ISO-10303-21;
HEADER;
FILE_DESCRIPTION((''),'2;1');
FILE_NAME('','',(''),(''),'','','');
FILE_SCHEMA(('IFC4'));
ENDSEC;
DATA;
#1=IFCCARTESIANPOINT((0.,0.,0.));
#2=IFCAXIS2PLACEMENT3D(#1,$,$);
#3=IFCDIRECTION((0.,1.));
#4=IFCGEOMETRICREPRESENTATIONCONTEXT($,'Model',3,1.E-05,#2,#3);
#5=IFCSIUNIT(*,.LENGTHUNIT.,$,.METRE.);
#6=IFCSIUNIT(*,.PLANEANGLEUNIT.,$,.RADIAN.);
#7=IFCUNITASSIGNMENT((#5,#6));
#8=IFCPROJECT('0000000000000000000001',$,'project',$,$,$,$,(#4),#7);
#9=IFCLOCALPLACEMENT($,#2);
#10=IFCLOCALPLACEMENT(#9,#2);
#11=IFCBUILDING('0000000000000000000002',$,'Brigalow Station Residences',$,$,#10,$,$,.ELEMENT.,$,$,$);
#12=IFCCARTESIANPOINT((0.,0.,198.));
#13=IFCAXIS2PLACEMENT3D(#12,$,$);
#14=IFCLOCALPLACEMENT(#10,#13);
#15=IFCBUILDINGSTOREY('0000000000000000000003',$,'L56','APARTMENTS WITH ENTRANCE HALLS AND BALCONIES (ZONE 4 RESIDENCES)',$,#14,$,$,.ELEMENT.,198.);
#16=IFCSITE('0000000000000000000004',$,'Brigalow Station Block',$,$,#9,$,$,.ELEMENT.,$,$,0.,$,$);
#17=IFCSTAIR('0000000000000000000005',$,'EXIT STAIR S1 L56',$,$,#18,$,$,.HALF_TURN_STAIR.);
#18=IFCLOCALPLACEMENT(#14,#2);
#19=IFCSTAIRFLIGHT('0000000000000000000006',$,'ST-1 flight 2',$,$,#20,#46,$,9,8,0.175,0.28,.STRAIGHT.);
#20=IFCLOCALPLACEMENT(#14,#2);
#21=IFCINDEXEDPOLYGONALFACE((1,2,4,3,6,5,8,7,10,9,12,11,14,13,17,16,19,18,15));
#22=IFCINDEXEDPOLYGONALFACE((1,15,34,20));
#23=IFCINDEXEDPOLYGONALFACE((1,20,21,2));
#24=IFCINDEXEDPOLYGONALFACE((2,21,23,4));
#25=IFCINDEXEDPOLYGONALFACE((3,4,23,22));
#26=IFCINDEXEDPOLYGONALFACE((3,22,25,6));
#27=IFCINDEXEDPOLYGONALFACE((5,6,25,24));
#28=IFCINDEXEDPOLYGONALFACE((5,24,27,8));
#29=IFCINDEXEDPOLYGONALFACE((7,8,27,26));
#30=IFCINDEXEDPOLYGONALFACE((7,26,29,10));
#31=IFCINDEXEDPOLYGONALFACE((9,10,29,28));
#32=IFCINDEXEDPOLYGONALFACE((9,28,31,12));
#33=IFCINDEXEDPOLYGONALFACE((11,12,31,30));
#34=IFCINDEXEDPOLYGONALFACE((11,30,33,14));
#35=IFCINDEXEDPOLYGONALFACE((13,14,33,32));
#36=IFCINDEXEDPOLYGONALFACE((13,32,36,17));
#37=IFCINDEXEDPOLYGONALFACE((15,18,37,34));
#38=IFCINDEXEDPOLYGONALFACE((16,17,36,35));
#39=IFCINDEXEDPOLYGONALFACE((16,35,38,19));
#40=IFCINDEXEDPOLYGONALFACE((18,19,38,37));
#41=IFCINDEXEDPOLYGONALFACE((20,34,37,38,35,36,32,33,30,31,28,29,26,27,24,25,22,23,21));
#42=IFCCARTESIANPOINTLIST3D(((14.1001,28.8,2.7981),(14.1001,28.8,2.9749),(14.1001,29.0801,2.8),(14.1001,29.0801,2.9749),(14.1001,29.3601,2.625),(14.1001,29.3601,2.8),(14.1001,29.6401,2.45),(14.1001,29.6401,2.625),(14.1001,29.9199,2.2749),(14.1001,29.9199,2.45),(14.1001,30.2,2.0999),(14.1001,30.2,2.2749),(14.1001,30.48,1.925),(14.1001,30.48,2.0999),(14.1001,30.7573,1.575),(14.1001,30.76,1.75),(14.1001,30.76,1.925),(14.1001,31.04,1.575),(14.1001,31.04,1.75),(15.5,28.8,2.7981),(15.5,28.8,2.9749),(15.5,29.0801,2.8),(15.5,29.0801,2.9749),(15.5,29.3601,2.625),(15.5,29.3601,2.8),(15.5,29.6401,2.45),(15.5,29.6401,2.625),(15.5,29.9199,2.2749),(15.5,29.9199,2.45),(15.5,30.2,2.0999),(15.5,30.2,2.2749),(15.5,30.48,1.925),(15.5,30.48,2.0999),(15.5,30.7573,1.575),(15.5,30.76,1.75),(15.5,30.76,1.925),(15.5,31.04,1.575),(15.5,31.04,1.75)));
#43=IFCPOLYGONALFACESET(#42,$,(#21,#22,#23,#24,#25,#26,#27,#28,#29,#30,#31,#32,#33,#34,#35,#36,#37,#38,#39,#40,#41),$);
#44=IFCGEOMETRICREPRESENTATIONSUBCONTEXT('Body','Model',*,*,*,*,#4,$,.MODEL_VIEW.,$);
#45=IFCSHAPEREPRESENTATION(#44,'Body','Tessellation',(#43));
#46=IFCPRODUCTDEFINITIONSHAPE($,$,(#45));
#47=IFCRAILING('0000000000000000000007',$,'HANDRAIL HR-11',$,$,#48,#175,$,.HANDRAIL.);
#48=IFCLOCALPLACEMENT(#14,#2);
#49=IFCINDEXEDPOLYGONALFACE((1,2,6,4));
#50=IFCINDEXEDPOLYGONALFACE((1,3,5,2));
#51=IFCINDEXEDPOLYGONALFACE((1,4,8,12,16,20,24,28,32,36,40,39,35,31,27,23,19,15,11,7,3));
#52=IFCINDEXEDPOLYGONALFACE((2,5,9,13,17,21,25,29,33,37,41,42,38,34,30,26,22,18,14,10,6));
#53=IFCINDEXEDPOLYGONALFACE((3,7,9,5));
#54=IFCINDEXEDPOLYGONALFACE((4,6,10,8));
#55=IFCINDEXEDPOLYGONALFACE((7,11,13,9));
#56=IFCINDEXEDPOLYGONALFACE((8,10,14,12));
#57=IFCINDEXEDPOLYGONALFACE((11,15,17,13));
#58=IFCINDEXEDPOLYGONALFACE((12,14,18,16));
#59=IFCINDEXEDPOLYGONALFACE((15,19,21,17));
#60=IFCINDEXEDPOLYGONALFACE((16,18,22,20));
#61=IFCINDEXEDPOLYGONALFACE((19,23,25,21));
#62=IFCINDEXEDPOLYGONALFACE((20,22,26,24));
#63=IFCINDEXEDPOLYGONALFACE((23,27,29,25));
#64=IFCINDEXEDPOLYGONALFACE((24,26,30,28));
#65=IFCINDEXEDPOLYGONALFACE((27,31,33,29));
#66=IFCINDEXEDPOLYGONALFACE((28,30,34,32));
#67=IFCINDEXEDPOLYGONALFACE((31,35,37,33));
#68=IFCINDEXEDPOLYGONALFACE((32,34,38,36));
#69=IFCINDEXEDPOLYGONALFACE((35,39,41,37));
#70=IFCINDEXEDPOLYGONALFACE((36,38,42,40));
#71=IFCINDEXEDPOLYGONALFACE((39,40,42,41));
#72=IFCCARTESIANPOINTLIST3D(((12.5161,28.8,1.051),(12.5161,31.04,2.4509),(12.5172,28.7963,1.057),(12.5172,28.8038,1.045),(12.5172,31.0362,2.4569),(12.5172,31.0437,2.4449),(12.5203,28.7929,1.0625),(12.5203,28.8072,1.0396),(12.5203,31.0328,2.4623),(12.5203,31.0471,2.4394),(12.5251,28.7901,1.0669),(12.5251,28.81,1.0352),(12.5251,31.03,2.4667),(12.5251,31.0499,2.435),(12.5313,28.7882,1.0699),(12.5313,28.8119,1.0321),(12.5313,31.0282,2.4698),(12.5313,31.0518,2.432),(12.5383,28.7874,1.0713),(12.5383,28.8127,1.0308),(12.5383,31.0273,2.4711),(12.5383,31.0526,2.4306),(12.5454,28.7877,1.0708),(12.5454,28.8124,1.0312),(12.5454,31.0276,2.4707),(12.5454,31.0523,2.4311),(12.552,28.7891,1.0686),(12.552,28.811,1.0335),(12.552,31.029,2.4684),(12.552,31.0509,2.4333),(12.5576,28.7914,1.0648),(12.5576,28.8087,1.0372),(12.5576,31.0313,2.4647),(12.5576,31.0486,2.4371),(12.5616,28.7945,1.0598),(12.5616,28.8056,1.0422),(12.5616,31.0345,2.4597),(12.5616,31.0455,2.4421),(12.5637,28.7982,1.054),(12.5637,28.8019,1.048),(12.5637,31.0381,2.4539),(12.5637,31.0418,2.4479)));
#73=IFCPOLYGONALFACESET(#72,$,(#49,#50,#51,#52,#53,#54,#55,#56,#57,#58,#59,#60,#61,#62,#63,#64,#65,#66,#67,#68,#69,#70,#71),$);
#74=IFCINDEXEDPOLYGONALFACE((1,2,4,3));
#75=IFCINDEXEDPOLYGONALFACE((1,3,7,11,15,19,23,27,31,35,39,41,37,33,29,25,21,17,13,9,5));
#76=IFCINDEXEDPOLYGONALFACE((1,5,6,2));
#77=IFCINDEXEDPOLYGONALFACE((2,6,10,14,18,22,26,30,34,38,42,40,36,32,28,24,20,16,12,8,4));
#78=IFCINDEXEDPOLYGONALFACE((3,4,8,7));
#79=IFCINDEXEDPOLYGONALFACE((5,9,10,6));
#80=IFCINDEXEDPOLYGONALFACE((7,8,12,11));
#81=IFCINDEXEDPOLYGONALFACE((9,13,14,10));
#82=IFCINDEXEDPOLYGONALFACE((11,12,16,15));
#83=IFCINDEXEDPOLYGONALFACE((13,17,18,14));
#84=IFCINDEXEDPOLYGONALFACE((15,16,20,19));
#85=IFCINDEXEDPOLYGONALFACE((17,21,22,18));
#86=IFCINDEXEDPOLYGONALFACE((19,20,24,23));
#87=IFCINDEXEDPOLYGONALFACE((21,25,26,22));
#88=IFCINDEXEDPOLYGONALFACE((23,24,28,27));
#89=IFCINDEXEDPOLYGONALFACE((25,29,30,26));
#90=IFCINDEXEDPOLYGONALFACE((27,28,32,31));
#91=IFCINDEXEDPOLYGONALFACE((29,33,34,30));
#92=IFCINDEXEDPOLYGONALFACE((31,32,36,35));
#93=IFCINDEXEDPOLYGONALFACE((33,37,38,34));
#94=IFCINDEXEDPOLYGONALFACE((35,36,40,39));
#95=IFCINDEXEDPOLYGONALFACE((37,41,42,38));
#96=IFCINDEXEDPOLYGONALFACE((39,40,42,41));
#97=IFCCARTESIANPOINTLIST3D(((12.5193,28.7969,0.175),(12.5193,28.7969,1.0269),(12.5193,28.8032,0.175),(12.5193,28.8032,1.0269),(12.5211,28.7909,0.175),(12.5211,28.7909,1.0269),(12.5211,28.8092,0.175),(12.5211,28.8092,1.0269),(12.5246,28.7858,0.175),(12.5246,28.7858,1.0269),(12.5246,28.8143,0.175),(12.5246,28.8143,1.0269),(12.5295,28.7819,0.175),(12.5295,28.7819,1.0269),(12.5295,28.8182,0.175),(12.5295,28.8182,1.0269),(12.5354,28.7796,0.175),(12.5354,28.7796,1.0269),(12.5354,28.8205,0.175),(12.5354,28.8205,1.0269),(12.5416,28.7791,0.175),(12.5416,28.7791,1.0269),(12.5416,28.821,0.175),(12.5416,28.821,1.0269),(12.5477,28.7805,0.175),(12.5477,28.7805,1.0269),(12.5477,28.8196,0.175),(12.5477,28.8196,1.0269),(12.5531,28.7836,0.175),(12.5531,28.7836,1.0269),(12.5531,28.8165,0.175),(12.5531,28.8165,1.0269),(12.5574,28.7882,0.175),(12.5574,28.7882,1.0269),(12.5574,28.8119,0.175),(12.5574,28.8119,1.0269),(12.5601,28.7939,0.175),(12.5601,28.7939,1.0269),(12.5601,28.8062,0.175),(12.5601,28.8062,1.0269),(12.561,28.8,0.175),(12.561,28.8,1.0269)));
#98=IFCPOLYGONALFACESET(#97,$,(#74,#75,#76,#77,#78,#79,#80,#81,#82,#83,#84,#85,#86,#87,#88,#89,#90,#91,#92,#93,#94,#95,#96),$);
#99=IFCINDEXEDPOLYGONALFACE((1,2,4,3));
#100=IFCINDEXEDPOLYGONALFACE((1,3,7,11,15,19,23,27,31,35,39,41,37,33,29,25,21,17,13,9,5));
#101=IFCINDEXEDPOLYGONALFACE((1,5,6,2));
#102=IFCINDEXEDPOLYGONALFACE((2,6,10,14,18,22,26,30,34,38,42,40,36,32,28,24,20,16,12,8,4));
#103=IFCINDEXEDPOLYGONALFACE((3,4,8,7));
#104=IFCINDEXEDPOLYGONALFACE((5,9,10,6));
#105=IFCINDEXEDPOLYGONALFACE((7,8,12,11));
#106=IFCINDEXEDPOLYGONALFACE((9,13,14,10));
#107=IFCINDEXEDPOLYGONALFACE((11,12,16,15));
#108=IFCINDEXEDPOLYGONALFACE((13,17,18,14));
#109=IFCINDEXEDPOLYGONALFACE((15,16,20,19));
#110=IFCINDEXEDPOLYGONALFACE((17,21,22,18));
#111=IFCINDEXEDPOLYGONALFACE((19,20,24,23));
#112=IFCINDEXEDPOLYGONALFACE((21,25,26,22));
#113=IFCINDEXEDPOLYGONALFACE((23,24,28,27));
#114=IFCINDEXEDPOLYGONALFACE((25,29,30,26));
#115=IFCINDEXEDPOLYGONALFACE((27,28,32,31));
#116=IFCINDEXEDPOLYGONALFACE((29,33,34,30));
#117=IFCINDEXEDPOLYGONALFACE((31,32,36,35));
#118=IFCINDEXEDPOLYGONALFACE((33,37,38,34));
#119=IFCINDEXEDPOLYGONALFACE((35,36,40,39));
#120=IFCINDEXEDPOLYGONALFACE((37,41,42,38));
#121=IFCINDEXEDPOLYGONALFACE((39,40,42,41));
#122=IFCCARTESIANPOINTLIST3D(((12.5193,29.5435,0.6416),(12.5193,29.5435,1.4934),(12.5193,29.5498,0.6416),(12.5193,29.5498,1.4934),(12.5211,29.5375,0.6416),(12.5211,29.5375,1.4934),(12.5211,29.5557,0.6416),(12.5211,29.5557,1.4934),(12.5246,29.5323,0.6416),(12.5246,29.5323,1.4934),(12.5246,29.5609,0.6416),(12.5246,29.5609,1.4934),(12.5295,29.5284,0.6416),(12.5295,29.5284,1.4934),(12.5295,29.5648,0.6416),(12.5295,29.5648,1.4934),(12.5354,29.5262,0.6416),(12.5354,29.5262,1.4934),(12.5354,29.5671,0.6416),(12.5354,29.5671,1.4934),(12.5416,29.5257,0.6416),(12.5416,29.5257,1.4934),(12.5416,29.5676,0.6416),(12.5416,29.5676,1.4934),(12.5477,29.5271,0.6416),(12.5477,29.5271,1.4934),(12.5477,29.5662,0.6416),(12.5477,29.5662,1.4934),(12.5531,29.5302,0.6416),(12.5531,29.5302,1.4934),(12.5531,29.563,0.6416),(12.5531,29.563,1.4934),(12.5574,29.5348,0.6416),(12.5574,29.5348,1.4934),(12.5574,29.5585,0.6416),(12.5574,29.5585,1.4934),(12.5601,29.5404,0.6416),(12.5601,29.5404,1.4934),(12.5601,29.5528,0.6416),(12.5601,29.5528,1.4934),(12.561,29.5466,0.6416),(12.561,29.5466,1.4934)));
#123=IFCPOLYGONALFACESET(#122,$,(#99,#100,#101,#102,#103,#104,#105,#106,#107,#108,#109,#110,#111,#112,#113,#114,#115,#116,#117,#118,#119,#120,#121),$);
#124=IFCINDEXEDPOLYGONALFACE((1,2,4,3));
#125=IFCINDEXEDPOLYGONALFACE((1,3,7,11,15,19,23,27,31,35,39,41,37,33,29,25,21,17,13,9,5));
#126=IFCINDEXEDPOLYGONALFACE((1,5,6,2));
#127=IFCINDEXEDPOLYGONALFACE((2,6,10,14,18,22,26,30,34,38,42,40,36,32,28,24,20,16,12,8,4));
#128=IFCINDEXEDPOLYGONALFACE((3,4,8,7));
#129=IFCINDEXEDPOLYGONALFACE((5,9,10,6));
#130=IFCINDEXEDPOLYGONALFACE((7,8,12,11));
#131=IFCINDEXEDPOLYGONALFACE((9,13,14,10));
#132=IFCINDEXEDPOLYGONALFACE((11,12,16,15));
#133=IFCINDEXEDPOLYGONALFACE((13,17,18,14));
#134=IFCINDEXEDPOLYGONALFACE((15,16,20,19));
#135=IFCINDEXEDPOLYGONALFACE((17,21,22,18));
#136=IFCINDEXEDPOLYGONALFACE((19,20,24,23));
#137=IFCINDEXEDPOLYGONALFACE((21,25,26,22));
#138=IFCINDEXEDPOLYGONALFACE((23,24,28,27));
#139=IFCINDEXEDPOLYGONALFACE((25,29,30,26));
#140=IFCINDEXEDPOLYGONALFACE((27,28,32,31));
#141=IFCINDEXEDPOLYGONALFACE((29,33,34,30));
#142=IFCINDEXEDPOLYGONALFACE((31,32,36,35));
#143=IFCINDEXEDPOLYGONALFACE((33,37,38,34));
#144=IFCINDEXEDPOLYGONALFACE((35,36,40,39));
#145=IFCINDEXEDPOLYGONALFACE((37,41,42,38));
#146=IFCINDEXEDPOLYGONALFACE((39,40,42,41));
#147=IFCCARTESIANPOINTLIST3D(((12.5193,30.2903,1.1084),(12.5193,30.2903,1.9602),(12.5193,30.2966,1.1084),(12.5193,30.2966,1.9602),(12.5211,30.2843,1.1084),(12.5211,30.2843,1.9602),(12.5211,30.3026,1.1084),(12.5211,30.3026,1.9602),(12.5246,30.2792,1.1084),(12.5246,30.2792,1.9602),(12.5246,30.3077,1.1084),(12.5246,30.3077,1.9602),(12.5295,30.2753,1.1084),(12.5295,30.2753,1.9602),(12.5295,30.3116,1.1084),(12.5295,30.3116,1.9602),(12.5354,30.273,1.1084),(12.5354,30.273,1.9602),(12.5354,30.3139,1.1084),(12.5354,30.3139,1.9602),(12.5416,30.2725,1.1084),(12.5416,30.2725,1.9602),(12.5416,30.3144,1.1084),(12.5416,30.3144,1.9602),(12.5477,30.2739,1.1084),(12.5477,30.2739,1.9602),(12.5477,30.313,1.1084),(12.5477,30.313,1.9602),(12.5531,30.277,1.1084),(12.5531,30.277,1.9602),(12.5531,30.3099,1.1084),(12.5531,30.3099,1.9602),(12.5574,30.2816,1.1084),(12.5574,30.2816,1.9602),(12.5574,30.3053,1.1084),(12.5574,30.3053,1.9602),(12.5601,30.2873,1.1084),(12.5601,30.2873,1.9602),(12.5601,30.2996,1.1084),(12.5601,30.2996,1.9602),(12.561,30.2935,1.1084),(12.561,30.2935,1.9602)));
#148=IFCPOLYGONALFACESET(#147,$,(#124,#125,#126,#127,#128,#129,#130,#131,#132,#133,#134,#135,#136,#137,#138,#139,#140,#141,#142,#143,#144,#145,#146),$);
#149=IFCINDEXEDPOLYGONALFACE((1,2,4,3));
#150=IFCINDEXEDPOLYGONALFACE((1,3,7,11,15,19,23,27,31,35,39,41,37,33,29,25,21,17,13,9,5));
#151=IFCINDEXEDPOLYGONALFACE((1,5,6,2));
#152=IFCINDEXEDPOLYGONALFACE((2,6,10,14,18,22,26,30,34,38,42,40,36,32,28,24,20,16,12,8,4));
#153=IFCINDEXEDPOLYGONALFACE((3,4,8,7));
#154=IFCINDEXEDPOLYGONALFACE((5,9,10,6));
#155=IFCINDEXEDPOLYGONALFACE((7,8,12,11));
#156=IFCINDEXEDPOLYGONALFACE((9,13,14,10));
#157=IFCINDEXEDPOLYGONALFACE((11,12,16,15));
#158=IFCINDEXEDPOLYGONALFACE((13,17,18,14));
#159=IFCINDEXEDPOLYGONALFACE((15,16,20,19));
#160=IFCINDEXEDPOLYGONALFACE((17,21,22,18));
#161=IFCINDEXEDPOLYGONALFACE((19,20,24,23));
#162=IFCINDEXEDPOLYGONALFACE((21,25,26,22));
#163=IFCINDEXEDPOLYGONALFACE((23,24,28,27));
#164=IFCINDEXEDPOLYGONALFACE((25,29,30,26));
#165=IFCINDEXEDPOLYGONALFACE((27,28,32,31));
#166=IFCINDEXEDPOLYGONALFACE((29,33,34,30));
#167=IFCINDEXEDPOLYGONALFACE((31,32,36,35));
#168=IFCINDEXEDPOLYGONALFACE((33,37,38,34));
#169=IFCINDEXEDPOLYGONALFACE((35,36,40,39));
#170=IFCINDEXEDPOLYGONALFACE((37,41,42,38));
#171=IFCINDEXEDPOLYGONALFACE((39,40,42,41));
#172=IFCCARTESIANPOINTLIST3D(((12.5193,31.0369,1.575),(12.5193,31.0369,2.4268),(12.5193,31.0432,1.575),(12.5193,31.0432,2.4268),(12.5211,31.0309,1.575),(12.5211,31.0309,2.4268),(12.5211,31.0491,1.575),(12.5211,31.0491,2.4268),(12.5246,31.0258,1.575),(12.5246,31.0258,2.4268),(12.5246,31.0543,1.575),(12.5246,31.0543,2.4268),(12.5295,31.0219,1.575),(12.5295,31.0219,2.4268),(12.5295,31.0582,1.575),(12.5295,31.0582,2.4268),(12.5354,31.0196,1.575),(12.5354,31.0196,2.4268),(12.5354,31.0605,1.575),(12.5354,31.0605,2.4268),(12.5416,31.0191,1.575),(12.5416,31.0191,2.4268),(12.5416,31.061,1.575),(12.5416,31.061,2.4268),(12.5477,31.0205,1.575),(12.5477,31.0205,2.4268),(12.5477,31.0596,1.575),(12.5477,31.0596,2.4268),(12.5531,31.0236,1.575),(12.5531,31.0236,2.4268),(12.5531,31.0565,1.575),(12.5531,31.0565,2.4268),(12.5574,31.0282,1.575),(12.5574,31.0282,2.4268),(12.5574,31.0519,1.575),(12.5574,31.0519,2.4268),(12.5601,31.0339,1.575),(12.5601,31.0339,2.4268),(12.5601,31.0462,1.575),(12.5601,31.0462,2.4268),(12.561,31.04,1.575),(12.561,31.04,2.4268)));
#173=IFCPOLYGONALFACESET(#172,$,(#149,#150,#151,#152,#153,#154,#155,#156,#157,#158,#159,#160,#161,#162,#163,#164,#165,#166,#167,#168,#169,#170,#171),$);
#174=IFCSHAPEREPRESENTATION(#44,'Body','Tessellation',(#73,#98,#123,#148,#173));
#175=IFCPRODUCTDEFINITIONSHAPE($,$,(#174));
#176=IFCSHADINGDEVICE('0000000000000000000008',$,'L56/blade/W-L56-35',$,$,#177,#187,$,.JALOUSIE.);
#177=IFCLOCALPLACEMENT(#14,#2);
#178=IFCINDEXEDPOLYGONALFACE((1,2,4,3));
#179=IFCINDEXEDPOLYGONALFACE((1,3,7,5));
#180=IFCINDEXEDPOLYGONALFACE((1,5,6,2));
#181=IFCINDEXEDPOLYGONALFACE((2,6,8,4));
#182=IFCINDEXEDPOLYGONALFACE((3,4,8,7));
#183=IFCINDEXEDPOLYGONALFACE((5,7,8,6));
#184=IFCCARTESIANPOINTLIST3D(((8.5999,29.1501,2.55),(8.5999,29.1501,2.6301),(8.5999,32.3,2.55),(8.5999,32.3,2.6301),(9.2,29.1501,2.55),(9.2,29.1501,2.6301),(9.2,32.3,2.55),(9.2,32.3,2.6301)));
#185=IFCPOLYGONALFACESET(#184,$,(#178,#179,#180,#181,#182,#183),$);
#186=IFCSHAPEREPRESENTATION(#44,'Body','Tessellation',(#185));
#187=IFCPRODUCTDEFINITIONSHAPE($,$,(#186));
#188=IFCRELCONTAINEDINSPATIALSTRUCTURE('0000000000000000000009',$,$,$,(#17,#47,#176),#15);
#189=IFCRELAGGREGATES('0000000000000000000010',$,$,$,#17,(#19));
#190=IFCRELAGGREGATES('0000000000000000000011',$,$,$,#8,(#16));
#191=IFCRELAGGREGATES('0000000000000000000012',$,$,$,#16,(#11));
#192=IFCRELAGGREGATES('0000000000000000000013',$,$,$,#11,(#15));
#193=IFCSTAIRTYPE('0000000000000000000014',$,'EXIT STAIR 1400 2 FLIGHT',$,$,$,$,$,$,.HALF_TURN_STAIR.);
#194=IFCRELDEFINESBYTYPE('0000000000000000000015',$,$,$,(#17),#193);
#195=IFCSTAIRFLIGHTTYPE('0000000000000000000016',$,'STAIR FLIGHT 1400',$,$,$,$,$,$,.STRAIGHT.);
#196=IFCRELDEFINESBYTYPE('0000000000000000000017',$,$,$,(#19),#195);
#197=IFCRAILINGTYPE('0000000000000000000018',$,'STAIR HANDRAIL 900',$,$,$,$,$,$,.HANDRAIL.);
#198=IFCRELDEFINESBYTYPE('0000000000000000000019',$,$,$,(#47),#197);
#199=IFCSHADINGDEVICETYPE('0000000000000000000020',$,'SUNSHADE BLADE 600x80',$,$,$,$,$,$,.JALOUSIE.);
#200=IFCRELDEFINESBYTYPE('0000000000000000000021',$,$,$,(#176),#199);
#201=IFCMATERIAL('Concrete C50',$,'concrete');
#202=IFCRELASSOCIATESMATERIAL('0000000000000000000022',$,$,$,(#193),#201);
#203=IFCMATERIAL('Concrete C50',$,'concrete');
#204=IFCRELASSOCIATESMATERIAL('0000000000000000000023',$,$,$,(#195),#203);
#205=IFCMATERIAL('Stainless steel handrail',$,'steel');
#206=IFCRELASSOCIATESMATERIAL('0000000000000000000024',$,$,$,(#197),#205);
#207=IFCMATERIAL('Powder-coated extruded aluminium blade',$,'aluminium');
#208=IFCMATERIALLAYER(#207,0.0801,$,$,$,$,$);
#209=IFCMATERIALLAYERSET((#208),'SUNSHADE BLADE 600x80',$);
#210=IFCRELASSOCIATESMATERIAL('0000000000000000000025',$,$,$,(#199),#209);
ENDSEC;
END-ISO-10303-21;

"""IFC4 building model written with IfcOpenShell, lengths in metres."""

from ifc_helpers import new_model, si_unit, direction, frame, origin, origin_2d, place, context, subcontext, project, spatial, polyline, rectangle, circle, outline, extrude, material, layer, layer_set, type_object, element, aggregate, save


model = new_model("IFC4")

# Units and contexts
model_context = context("Model", 3, precision=1e-05, world=origin(), true_north=direction((0.0, 1.0)))
body_context = subcontext(model_context, "Body", "Model", "MODEL_VIEW")
ifc_project = project(units=[si_unit("LENGTHUNIT", "METRE"), si_unit("PLANEANGLEUNIT", "RADIAN")], contexts=[model_context])

# Site, building, storey
site_placement = place(None, origin())
site = spatial("IfcSite", under=ifc_project, at=site_placement, Name="Brigalow Station Block", CompositionType="ELEMENT", RefElevation=0.0)
building_placement = place(site_placement, origin())
building = spatial("IfcBuilding", under=site, at=building_placement, Name="Brigalow Station Residences", CompositionType="ELEMENT")
storey_placement = place(building_placement, frame((0.0, 0.0, 198.0)))
storey = spatial("IfcBuildingStorey", under=building, at=storey_placement, Name="L56", Description="APARTMENTS WITH ENTRANCE HALLS AND BALCONIES (ZONE 4 RESIDENCES)", CompositionType="ELEMENT", Elevation=198.0)

# Stair, stair flight
ifc_material_1 = material(Name="Concrete C50", Category="concrete")
stair_type = type_object("IfcStairType", Name="EXIT STAIR 1400 2 FLIGHT", PredefinedType="HALF_TURN_STAIR", material=ifc_material_1)
stair_placement = place(storey_placement, origin())
stair = element("IfcStair", 1, at=stair_placement, inside=storey, type_object=stair_type, Name="EXIT STAIR S1 L56", PredefinedType="HALF_TURN_STAIR")
ifc_material_2 = material(Name="Concrete C50", Category="concrete")
stair_flight_type = type_object("IfcStairFlightType", Name="STAIR FLIGHT 1400", PredefinedType="STRAIGHT", material=ifc_material_2)
stair_flight_1_placement = place(storey_placement, frame((14.8, 31.04, 1.575), z_axis=(0.0, 0.0, 1.0), x_axis=(0.0, -1.0, 0.0)))
stair_flight_1 = element("IfcStairFlight", 2, at=stair_flight_1_placement, type_object=stair_flight_type, Name="ST-1 flight 2", NumberOfRisers=9, NumberOfTreads=8, PredefinedType="STRAIGHT", RiserHeight=0.175, TreadLength=0.28, context=body_context, shape_type="SweptSolid", body=[
    extrude(outline(polyline([(0.0, 0.0), (0.0, 0.175), (0.28, 0.175), (0.28, 0.3501), (0.5601, 0.3501), (0.5601, 0.5249), (0.8401, 0.5249), (0.8401, 0.7), (1.1201, 0.7), (1.1201, 0.875), (1.3999, 0.875), (1.3999, 1.05), (1.6799, 1.05), (1.6799, 1.2251), (1.96, 1.2251), (1.96, 1.3999), (2.24, 1.3999), (2.24, 1.575), (2.24, 1.2231), (0.2827, 0.0), (0.0, 0.0)])), frame((0.0, 0.7, 0.0), z_axis=(0.0, -1.0, 0.0), x_axis=(1.0, 0.0, 0.0)), (0.0, 0.0, 1.0), 1.3999),
])
aggregate(stair, [stair_flight_1])

# Railing
ifc_material_3 = material(Name="Stainless steel handrail", Category="steel")
railing_type_1 = type_object("IfcRailingType", Name="STAIR HANDRAIL 900", PredefinedType="HANDRAIL", material=ifc_material_3)
railing_1_placement = place(storey_placement, frame((12.54, 28.8, 0.175)))
element("IfcRailing", 3, at=railing_1_placement, inside=storey, type_object=railing_type_1, Name="HANDRAIL HR-11", PredefinedType="HANDRAIL", context=body_context, shape_type="SweptSolid", body=[
    extrude(circle(Radius=0.0239, at=origin_2d()), frame((0.0, 0.0, 0.876), z_axis=(0.0, 0.848014, 0.529974), x_axis=(-1.0, 0.0, 0.0)), (0.0, 0.0, 1.0), 2.6414),
    extrude(circle(Radius=0.021, at=origin_2d()), origin(), (0.0, 0.0, 1.0), 0.8518),
    extrude(circle(Radius=0.021, at=origin_2d()), frame((0.0, 0.7466, 0.4666)), (0.0, 0.0, 1.0), 0.8518),
    extrude(circle(Radius=0.021, at=origin_2d()), frame((0.0, 1.4934, 0.9333)), (0.0, 0.0, 1.0), 0.8518),
    extrude(circle(Radius=0.021, at=origin_2d()), frame((0.0, 2.24, 1.3999)), (0.0, 0.0, 1.0), 0.8518),
])

# Shading device
ifc_material_4 = material(Name="Powder-coated extruded aluminium blade", Category="aluminium")
ifc_layer_1 = layer(ifc_material_4, 0.0801)
ifc_layer_set_1 = layer_set([ifc_layer_1], Name="SUNSHADE BLADE 600x80")
shading_device_type = type_object("IfcShadingDeviceType", Name="SUNSHADE BLADE 600x80", PredefinedType="JALOUSIE", material=ifc_layer_set_1)
shading_device_placement = place(storey_placement, frame((8.8999, 30.7251, 2.55), z_axis=(0.0, 0.0, 1.0), x_axis=(0.0, -1.0, 0.0)))
element("IfcShadingDevice", 4, at=shading_device_placement, inside=storey, type_object=shading_device_type, Name="L56/blade/W-L56-35", PredefinedType="JALOUSIE", context=body_context, shape_type="SweptSolid", body=[
    extrude(rectangle(XDim=3.1499, YDim=0.6001, at=origin_2d()), origin(), (0.0, 0.0, 1.0), 0.0801),
])

save(model, "model.ifc")
